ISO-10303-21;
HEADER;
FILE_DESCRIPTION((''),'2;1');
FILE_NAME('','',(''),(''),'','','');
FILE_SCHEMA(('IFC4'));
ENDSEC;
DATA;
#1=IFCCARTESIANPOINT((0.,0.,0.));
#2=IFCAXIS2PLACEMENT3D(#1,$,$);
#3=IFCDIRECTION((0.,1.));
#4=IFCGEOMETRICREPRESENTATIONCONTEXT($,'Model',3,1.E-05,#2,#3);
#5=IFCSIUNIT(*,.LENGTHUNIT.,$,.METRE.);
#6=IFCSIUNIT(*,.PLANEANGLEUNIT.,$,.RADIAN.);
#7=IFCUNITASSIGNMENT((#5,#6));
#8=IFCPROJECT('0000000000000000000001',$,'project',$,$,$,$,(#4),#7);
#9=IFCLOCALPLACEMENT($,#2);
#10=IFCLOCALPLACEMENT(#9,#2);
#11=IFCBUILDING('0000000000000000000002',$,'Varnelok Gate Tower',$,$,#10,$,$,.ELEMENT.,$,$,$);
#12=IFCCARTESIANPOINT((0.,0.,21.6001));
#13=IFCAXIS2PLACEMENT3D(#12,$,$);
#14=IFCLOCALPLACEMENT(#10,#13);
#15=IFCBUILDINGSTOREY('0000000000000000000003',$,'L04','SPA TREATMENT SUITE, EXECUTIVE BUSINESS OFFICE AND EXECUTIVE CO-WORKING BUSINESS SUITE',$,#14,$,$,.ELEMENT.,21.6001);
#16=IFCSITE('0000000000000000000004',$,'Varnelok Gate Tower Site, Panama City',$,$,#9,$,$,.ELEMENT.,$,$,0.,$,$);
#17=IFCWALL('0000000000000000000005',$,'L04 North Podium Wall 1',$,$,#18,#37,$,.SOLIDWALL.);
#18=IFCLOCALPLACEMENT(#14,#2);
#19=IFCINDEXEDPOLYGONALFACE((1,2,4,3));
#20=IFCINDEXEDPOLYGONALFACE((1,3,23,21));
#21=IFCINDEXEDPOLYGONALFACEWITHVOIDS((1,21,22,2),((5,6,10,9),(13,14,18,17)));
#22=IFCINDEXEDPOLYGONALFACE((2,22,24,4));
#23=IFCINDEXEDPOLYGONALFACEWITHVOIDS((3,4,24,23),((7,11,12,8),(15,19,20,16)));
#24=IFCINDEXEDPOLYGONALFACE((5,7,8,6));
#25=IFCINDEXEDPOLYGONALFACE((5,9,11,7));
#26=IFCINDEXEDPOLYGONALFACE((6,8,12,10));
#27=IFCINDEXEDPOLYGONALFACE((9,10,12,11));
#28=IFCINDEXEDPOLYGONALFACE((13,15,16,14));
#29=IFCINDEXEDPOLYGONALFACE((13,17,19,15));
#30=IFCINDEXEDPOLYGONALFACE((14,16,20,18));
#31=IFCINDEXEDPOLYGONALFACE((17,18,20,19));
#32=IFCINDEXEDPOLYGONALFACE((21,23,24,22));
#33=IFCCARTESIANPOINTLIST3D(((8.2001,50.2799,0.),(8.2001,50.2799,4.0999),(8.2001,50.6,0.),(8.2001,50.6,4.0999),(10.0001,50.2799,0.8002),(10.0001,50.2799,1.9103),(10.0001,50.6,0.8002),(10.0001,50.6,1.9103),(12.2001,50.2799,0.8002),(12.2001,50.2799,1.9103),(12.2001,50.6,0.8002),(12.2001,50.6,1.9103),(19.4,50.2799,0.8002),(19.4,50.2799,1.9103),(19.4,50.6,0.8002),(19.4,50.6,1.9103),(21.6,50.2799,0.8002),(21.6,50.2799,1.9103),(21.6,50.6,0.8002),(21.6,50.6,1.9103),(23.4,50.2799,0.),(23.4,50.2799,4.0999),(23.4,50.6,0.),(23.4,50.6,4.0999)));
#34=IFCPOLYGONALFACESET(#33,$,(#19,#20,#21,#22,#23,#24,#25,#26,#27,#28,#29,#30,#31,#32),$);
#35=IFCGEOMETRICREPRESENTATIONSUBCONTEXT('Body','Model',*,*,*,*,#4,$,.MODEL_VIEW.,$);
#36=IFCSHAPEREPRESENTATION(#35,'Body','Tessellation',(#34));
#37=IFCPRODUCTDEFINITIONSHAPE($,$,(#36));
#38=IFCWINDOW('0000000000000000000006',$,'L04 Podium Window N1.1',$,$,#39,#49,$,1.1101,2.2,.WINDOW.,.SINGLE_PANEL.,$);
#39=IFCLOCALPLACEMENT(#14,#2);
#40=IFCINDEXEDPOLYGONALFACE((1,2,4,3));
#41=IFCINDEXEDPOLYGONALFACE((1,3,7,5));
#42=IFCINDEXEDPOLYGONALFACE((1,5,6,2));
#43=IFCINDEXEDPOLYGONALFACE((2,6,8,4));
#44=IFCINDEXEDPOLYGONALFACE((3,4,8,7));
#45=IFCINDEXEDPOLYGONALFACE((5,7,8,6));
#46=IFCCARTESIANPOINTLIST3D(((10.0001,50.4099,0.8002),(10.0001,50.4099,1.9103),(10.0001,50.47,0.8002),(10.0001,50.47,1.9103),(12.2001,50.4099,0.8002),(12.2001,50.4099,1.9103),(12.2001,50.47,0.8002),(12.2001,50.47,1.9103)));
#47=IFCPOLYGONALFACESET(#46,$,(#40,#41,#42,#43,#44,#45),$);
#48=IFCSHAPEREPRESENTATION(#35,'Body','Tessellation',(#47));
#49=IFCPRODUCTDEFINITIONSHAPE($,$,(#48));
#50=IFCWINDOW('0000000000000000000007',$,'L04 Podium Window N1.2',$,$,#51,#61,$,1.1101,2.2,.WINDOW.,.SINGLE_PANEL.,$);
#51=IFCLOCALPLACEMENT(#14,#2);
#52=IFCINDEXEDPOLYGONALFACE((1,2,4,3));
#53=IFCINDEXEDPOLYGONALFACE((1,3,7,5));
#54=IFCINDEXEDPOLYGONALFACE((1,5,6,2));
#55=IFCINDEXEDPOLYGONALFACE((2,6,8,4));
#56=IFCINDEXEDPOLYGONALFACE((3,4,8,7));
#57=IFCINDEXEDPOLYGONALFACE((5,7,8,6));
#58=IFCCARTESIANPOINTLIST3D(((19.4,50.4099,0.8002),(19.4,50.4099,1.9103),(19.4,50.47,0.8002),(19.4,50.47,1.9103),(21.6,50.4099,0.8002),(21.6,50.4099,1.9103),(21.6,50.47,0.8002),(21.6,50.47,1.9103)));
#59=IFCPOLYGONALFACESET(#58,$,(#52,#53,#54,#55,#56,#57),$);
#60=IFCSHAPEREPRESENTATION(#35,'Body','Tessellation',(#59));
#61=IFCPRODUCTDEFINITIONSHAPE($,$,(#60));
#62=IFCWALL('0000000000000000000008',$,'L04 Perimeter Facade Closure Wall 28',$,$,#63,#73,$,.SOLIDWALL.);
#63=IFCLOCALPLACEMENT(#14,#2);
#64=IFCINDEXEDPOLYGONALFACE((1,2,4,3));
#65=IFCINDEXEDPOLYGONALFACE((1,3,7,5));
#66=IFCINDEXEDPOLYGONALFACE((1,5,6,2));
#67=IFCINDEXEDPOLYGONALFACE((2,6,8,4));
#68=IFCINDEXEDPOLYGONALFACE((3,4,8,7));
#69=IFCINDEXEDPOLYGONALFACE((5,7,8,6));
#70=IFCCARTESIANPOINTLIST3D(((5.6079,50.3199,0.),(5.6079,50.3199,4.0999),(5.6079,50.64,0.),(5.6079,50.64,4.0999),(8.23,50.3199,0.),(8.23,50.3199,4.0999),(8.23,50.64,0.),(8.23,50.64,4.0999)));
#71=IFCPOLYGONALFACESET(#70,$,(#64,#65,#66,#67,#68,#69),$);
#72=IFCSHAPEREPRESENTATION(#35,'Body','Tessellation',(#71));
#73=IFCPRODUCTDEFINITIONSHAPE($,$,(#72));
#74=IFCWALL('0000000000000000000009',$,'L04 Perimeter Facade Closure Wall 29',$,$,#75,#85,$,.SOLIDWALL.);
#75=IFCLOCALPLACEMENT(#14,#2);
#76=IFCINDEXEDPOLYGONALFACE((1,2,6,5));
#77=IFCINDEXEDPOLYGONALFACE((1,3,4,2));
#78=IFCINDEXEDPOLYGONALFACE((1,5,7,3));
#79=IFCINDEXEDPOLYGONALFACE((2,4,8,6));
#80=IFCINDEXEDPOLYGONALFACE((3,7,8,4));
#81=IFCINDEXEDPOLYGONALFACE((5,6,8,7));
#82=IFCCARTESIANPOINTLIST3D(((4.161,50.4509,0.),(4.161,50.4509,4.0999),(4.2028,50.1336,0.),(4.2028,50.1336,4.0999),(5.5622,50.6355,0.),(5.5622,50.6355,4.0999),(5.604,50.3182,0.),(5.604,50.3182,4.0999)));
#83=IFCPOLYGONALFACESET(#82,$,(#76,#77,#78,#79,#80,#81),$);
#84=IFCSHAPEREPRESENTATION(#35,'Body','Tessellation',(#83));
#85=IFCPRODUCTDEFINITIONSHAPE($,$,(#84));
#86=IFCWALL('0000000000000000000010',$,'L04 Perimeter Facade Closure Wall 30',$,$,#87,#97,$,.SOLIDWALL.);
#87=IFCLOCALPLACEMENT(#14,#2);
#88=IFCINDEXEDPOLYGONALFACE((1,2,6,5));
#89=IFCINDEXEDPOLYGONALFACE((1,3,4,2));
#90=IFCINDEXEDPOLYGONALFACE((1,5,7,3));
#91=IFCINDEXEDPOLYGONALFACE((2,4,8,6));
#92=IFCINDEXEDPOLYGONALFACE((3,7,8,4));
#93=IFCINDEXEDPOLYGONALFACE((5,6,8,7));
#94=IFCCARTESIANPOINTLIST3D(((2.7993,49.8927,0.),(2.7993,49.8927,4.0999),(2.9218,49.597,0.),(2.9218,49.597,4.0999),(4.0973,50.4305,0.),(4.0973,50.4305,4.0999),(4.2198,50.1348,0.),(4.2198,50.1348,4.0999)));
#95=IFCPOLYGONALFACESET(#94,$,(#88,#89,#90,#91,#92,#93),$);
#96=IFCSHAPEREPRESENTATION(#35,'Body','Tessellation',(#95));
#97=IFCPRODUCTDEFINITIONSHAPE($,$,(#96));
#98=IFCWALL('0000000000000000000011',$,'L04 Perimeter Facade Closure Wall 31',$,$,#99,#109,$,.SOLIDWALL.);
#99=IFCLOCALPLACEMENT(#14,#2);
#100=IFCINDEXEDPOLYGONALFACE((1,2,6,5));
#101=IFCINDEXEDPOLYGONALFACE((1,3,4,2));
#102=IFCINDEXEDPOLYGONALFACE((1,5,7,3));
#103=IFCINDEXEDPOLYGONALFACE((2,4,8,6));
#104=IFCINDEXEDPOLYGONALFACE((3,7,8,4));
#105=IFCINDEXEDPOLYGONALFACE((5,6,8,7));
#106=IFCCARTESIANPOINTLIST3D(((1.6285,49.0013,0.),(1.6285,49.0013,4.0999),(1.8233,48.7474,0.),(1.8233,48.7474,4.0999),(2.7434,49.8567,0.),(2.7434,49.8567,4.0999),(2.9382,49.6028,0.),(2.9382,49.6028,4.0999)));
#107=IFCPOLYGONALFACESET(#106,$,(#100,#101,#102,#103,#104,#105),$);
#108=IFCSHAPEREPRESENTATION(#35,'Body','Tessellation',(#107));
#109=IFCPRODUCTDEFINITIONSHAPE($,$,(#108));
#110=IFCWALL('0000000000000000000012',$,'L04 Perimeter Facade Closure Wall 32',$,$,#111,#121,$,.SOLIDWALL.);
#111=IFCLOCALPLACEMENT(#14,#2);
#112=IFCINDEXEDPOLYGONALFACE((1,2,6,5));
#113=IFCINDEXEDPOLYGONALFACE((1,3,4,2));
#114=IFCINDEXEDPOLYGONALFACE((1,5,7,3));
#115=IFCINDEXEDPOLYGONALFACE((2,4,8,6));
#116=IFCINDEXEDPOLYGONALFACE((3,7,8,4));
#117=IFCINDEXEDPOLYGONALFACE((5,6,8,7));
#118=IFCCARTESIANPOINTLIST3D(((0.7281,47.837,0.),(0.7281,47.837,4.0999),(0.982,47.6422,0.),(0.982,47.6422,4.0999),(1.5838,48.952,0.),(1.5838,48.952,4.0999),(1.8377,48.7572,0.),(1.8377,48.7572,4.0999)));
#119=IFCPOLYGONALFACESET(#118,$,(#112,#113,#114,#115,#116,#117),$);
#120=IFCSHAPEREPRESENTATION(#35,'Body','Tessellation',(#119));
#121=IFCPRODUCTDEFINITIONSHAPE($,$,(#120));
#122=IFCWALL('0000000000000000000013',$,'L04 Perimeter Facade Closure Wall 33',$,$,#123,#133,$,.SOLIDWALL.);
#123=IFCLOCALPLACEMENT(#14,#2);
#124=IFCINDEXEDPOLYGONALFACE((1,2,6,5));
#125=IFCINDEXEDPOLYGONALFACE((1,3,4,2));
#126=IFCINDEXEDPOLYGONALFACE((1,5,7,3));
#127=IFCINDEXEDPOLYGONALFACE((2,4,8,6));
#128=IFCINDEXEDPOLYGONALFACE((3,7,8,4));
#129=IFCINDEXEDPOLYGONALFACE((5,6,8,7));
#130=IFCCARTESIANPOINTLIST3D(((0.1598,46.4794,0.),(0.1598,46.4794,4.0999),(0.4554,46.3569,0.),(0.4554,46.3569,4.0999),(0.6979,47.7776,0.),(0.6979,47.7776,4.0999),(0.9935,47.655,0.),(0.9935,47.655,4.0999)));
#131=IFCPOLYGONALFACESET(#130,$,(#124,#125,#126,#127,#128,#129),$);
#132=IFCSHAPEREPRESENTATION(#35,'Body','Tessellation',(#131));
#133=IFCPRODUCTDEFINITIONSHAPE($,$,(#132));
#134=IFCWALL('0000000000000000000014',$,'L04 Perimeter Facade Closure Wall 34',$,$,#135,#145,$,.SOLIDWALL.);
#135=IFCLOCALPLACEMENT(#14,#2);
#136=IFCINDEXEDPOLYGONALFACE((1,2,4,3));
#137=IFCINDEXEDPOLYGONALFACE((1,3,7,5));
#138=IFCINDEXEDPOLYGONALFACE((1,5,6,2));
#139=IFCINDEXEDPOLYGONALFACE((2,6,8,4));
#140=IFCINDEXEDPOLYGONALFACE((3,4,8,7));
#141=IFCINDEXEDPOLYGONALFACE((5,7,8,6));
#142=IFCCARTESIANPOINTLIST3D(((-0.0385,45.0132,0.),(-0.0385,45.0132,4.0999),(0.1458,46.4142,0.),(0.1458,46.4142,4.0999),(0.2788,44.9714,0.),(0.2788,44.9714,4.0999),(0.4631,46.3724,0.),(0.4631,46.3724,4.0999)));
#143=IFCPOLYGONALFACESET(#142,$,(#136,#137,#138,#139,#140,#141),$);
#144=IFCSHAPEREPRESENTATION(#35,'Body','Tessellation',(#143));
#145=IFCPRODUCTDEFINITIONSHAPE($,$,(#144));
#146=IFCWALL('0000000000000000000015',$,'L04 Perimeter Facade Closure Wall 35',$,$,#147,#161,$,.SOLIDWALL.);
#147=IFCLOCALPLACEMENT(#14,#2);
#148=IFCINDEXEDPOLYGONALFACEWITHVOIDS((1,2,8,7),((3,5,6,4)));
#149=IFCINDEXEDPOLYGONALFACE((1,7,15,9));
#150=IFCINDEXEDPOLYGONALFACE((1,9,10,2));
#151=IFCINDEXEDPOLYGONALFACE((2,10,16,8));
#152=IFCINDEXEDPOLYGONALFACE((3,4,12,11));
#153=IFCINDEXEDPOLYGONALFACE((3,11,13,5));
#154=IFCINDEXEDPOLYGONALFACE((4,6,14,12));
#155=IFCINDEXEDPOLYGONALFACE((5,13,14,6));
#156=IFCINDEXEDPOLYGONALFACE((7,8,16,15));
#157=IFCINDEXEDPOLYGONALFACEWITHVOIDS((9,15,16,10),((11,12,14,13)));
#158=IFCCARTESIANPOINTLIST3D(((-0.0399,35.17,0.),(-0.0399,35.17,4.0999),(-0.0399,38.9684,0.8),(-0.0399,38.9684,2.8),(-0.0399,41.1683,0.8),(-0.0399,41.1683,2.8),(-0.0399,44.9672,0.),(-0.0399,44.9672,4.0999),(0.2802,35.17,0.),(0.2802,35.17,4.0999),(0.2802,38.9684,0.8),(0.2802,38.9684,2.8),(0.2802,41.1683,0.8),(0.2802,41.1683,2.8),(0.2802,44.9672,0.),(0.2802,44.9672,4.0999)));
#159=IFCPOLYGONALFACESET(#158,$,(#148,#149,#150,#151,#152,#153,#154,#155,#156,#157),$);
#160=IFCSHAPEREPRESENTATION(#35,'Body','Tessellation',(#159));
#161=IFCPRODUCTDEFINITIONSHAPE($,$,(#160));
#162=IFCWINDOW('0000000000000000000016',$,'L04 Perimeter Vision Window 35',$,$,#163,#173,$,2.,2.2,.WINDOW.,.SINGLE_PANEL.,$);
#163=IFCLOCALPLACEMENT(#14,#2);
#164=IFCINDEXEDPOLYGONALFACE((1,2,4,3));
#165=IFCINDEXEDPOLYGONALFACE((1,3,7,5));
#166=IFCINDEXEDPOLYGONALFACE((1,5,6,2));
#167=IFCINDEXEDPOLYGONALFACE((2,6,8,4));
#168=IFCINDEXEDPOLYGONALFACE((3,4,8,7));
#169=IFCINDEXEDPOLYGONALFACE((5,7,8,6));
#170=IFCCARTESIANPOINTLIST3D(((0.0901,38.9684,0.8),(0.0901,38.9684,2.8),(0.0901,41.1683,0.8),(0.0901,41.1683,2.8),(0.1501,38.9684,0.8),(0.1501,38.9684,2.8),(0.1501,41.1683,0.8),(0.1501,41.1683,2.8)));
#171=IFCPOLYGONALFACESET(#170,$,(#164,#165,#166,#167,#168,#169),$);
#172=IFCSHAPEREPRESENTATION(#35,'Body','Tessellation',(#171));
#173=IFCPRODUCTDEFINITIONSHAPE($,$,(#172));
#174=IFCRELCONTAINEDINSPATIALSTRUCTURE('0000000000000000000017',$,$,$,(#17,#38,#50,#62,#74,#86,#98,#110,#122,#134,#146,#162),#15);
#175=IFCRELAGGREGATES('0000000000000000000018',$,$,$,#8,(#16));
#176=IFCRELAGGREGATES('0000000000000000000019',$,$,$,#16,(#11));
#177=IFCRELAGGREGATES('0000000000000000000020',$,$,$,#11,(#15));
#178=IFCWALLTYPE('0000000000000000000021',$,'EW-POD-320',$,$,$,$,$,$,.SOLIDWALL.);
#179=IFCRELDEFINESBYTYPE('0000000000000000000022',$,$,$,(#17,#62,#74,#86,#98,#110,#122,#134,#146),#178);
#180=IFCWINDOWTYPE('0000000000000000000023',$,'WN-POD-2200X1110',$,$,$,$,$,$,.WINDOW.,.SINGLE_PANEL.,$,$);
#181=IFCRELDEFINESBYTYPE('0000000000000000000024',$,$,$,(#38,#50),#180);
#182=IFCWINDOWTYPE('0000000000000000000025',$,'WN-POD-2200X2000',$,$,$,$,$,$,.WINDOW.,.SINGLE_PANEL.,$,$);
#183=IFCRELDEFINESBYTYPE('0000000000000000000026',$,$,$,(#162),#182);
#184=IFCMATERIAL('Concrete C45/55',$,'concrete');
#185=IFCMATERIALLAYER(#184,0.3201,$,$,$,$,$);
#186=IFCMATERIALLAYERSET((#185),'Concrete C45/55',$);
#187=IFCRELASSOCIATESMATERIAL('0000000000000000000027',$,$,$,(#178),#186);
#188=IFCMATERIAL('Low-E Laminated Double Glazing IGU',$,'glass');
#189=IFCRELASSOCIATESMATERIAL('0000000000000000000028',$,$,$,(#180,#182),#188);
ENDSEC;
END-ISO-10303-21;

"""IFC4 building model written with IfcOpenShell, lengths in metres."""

from ifc_helpers import new_model, si_unit, direction, frame, frame_2d, origin, place, context, subcontext, project, spatial, rectangle, extrude, material, layer, layer_set, type_object, element, fill, save


model = new_model("IFC4")

# Units and contexts
model_context = context("Model", 3, precision=1e-05, world=origin(), true_north=direction((0.0, 1.0)))
body_context = subcontext(model_context, "Body", "Model", "MODEL_VIEW")
ifc_project = project(units=[si_unit("LENGTHUNIT", "METRE"), si_unit("PLANEANGLEUNIT", "RADIAN")], contexts=[model_context])

# Site, building, storey
site_placement = place(None, origin())
site = spatial("IfcSite", under=ifc_project, at=site_placement, Name="Varnelok Gate Tower Site, Panama City", CompositionType="ELEMENT", RefElevation=0.0)
building_placement = place(site_placement, origin())
building = spatial("IfcBuilding", under=site, at=building_placement, Name="Varnelok Gate Tower", CompositionType="ELEMENT")
storey_placement = place(building_placement, frame((0.0, 0.0, 21.6001)))
storey = spatial("IfcBuildingStorey", under=building, at=storey_placement, Name="L04", Description="SPA TREATMENT SUITE, EXECUTIVE BUSINESS OFFICE AND EXECUTIVE CO-WORKING BUSINESS SUITE", CompositionType="ELEMENT", Elevation=21.6001)

# Wall, openings, windows
ifc_material_1 = material(Name="Concrete C45/55", Category="concrete")
ifc_layer_1 = layer(ifc_material_1, 0.3201)
ifc_layer_set_1 = layer_set([ifc_layer_1], Name="Concrete C45/55")
wall_type_1 = type_object("IfcWallType", Name="EW-POD-320", PredefinedType="SOLIDWALL", material=ifc_layer_set_1)
wall_1_placement = place(storey_placement, frame((8.2, 50.4399, 0.0), z_axis=(0.0, 0.0, 1.0), x_axis=(1.0, 0.0, 0.0)))
wall_1 = element("IfcWall", 1, at=wall_1_placement, inside=storey, type_object=wall_type_1, Name="L04 North Podium Wall 1", PredefinedType="SOLIDWALL", context=body_context, shape_type="SweptSolid", body=[
    extrude(rectangle(XDim=15.2, YDim=0.3201, at=frame_2d((7.6001, 0.0))), origin(), (0.0, 0.0, 1.0), 4.0999),
])
opening_1_placement = place(wall_1_placement, frame((1.8, 0.0, 0.8)))
opening_1 = element("IfcOpeningElement", 2, at=opening_1_placement, cuts=wall_1, PredefinedType="OPENING", context=body_context, shape_type="SweptSolid", body=[
    extrude(rectangle(XDim=2.2, YDim=1.1101, at=frame_2d((1.1001, 0.5552))), frame((0.0, 0.1699, 0.0), z_axis=(0.0, -1.0, 0.0), x_axis=(1.0, 0.0, 0.0)), (0.0, 0.0, 1.0), 0.3401),
])
opening_2_placement = place(wall_1_placement, frame((11.2, 0.0, 0.8)))
opening_2 = element("IfcOpeningElement", 3, at=opening_2_placement, cuts=wall_1, PredefinedType="OPENING", context=body_context, shape_type="SweptSolid", body=[
    extrude(rectangle(XDim=2.2, YDim=1.1101, at=frame_2d((1.1001, 0.5552))), frame((0.0, 0.1699, 0.0), z_axis=(0.0, -1.0, 0.0), x_axis=(1.0, 0.0, 0.0)), (0.0, 0.0, 1.0), 0.3401),
])
ifc_material_2 = material(Name="Low-E Laminated Double Glazing IGU", Category="glass")
window_type_1 = type_object("IfcWindowType", Name="WN-POD-2200X1110", PartitioningType="SINGLE_PANEL", PredefinedType="WINDOW", material=ifc_material_2)
window_1_placement = place(opening_1_placement, origin())
window_1 = element("IfcWindow", 4, at=window_1_placement, inside=storey, type_object=window_type_1, Name="L04 Podium Window N1.1", OverallHeight=1.1101, OverallWidth=2.2, PartitioningType="SINGLE_PANEL", PredefinedType="WINDOW", context=body_context, shape_type="SweptSolid", body=[
    extrude(rectangle(XDim=2.2, YDim=1.1101, at=frame_2d((1.1001, 0.5552))), frame((0.0, 0.03, 0.0), z_axis=(0.0, -1.0, 0.0), x_axis=(1.0, 0.0, 0.0)), (0.0, 0.0, 1.0), 0.0601),
])
fill(opening_1, window_1)
window_2_placement = place(opening_2_placement, origin())
window_2 = element("IfcWindow", 5, at=window_2_placement, inside=storey, type_object=window_type_1, Name="L04 Podium Window N1.2", OverallHeight=1.1101, OverallWidth=2.2, PartitioningType="SINGLE_PANEL", PredefinedType="WINDOW", context=body_context, shape_type="SweptSolid", body=[
    extrude(rectangle(XDim=2.2, YDim=1.1101, at=frame_2d((1.1001, 0.5552))), frame((0.0, 0.03, 0.0), z_axis=(0.0, -1.0, 0.0), x_axis=(1.0, 0.0, 0.0)), (0.0, 0.0, 1.0), 0.0601),
])
fill(opening_2, window_2)

# Walls
wall_2_placement = place(storey_placement, frame((8.23, 50.48, 0.0), z_axis=(0.0, 0.0, 1.0), x_axis=(-1.0, 0.0, 0.0)))
element("IfcWall", 6, at=wall_2_placement, inside=storey, type_object=wall_type_1, Name="L04 Perimeter Facade Closure Wall 28", PredefinedType="SOLIDWALL", context=body_context, shape_type="SweptSolid", body=[
    extrude(rectangle(XDim=2.6221, YDim=0.3201, at=frame_2d((1.311, 0.0))), origin(), (0.0, 0.0, 1.0), 4.0999),
])
wall_3_placement = place(storey_placement, frame((5.583, 50.4768, 0.0), z_axis=(0.0, 0.0, 1.0), x_axis=(-0.991435, -0.130602, 0.0)))
element("IfcWall", 7, at=wall_3_placement, inside=storey, type_object=wall_type_1, Name="L04 Perimeter Facade Closure Wall 29", PredefinedType="SOLIDWALL", context=body_context, shape_type="SweptSolid", body=[
    extrude(rectangle(XDim=1.4133, YDim=0.3201, at=frame_2d((0.7065, 0.0))), origin(), (0.0, 0.0, 1.0), 4.0999),
])
wall_4_placement = place(storey_placement, frame((4.1587, 50.2827, 0.0), z_axis=(0.0, 0.0, 1.0), x_axis=(-0.923841, -0.382776, 0.0)))
element("IfcWall", 8, at=wall_4_placement, inside=storey, type_object=wall_type_1, Name="L04 Perimeter Facade Closure Wall 30", PredefinedType="SOLIDWALL", context=body_context, shape_type="SweptSolid", body=[
    extrude(rectangle(XDim=1.405, YDim=0.3201, at=frame_2d((0.7026, 0.0))), origin(), (0.0, 0.0, 1.0), 4.0999),
])
wall_5_placement = place(storey_placement, frame((2.8408, 49.7297, 0.0), z_axis=(0.0, 0.0, 1.0), x_axis=(-0.793385, -0.60872, 0.0)))
element("IfcWall", 9, at=wall_5_placement, inside=storey, type_object=wall_type_1, Name="L04 Perimeter Facade Closure Wall 31", PredefinedType="SOLIDWALL", context=body_context, shape_type="SweptSolid", body=[
    extrude(rectangle(XDim=1.4053, YDim=0.3201, at=frame_2d((0.7026, 0.0))), origin(), (0.0, 0.0, 1.0), 4.0999),
])
wall_6_placement = place(storey_placement, frame((1.7107, 48.8545, 0.0), z_axis=(0.0, 0.0, 1.0), x_axis=(-0.608829, -0.793302, 0.0)))
element("IfcWall", 10, at=wall_6_placement, inside=storey, type_object=wall_type_1, Name="L04 Perimeter Facade Closure Wall 32", PredefinedType="SOLIDWALL", context=body_context, shape_type="SweptSolid", body=[
    extrude(rectangle(XDim=1.4055, YDim=0.3201, at=frame_2d((0.7026, 0.0))), origin(), (0.0, 0.0, 1.0), 4.0999),
])
wall_7_placement = place(storey_placement, frame((0.8457, 47.7163, 0.0), z_axis=(0.0, 0.0, 1.0), x_axis=(-0.382925, -0.92378, 0.0)))
element("IfcWall", 11, at=wall_7_placement, inside=storey, type_object=wall_type_1, Name="L04 Perimeter Facade Closure Wall 33", PredefinedType="SOLIDWALL", context=body_context, shape_type="SweptSolid", body=[
    extrude(rectangle(XDim=1.4053, YDim=0.3201, at=frame_2d((0.7026, 0.0))), origin(), (0.0, 0.0, 1.0), 4.0999),
])
wall_8_placement = place(storey_placement, frame((0.3044, 46.3933, 0.0), z_axis=(0.0, 0.0, 1.0), x_axis=(-0.130432, -0.991457, 0.0)))
element("IfcWall", 12, at=wall_8_placement, inside=storey, type_object=wall_type_1, Name="L04 Perimeter Facade Closure Wall 34", PredefinedType="SOLIDWALL", context=body_context, shape_type="SweptSolid", body=[
    extrude(rectangle(XDim=1.4131, YDim=0.3201, at=frame_2d((0.7065, 0.0))), origin(), (0.0, 0.0, 1.0), 4.0999),
])

# Wall, opening, window
wall_9_placement = place(storey_placement, frame((0.1201, 44.967, 0.0), z_axis=(0.0, 0.0, 1.0), x_axis=(0.0, -1.0, 0.0)))
wall_9 = element("IfcWall", 13, at=wall_9_placement, inside=storey, type_object=wall_type_1, Name="L04 Perimeter Facade Closure Wall 35", PredefinedType="SOLIDWALL", context=body_context, shape_type="SweptSolid", body=[
    extrude(rectangle(XDim=9.7971, YDim=0.3201, at=frame_2d((4.8984, 0.0))), origin(), (0.0, 0.0, 1.0), 4.0999),
])
opening_3_placement = place(wall_9_placement, frame((3.7986, 0.0, 0.8)))
opening_3 = element("IfcOpeningElement", 14, at=opening_3_placement, cuts=wall_9, PredefinedType="OPENING", context=body_context, shape_type="SweptSolid", body=[
    extrude(rectangle(XDim=2.2, YDim=2.0, at=frame_2d((1.1001, 1.0))), frame((0.0, 0.1699, 0.0), z_axis=(0.0, -1.0, 0.0), x_axis=(1.0, 0.0, 0.0)), (0.0, 0.0, 1.0), 0.3401),
])
window_type_2 = type_object("IfcWindowType", Name="WN-POD-2200X2000", PartitioningType="SINGLE_PANEL", PredefinedType="WINDOW", material=ifc_material_2)
window_3_placement = place(opening_3_placement, origin())
window_3 = element("IfcWindow", 15, at=window_3_placement, inside=storey, type_object=window_type_2, Name="L04 Perimeter Vision Window 35", OverallHeight=2.0, OverallWidth=2.2, PartitioningType="SINGLE_PANEL", PredefinedType="WINDOW", context=body_context, shape_type="SweptSolid", body=[
    extrude(rectangle(XDim=2.2, YDim=2.0, at=frame_2d((1.1001, 1.0))), frame((0.0, 0.03, 0.0), z_axis=(0.0, -1.0, 0.0), x_axis=(1.0, 0.0, 0.0)), (0.0, 0.0, 1.0), 0.0601),
])
fill(opening_3, window_3)

save(model, "model.ifc")
